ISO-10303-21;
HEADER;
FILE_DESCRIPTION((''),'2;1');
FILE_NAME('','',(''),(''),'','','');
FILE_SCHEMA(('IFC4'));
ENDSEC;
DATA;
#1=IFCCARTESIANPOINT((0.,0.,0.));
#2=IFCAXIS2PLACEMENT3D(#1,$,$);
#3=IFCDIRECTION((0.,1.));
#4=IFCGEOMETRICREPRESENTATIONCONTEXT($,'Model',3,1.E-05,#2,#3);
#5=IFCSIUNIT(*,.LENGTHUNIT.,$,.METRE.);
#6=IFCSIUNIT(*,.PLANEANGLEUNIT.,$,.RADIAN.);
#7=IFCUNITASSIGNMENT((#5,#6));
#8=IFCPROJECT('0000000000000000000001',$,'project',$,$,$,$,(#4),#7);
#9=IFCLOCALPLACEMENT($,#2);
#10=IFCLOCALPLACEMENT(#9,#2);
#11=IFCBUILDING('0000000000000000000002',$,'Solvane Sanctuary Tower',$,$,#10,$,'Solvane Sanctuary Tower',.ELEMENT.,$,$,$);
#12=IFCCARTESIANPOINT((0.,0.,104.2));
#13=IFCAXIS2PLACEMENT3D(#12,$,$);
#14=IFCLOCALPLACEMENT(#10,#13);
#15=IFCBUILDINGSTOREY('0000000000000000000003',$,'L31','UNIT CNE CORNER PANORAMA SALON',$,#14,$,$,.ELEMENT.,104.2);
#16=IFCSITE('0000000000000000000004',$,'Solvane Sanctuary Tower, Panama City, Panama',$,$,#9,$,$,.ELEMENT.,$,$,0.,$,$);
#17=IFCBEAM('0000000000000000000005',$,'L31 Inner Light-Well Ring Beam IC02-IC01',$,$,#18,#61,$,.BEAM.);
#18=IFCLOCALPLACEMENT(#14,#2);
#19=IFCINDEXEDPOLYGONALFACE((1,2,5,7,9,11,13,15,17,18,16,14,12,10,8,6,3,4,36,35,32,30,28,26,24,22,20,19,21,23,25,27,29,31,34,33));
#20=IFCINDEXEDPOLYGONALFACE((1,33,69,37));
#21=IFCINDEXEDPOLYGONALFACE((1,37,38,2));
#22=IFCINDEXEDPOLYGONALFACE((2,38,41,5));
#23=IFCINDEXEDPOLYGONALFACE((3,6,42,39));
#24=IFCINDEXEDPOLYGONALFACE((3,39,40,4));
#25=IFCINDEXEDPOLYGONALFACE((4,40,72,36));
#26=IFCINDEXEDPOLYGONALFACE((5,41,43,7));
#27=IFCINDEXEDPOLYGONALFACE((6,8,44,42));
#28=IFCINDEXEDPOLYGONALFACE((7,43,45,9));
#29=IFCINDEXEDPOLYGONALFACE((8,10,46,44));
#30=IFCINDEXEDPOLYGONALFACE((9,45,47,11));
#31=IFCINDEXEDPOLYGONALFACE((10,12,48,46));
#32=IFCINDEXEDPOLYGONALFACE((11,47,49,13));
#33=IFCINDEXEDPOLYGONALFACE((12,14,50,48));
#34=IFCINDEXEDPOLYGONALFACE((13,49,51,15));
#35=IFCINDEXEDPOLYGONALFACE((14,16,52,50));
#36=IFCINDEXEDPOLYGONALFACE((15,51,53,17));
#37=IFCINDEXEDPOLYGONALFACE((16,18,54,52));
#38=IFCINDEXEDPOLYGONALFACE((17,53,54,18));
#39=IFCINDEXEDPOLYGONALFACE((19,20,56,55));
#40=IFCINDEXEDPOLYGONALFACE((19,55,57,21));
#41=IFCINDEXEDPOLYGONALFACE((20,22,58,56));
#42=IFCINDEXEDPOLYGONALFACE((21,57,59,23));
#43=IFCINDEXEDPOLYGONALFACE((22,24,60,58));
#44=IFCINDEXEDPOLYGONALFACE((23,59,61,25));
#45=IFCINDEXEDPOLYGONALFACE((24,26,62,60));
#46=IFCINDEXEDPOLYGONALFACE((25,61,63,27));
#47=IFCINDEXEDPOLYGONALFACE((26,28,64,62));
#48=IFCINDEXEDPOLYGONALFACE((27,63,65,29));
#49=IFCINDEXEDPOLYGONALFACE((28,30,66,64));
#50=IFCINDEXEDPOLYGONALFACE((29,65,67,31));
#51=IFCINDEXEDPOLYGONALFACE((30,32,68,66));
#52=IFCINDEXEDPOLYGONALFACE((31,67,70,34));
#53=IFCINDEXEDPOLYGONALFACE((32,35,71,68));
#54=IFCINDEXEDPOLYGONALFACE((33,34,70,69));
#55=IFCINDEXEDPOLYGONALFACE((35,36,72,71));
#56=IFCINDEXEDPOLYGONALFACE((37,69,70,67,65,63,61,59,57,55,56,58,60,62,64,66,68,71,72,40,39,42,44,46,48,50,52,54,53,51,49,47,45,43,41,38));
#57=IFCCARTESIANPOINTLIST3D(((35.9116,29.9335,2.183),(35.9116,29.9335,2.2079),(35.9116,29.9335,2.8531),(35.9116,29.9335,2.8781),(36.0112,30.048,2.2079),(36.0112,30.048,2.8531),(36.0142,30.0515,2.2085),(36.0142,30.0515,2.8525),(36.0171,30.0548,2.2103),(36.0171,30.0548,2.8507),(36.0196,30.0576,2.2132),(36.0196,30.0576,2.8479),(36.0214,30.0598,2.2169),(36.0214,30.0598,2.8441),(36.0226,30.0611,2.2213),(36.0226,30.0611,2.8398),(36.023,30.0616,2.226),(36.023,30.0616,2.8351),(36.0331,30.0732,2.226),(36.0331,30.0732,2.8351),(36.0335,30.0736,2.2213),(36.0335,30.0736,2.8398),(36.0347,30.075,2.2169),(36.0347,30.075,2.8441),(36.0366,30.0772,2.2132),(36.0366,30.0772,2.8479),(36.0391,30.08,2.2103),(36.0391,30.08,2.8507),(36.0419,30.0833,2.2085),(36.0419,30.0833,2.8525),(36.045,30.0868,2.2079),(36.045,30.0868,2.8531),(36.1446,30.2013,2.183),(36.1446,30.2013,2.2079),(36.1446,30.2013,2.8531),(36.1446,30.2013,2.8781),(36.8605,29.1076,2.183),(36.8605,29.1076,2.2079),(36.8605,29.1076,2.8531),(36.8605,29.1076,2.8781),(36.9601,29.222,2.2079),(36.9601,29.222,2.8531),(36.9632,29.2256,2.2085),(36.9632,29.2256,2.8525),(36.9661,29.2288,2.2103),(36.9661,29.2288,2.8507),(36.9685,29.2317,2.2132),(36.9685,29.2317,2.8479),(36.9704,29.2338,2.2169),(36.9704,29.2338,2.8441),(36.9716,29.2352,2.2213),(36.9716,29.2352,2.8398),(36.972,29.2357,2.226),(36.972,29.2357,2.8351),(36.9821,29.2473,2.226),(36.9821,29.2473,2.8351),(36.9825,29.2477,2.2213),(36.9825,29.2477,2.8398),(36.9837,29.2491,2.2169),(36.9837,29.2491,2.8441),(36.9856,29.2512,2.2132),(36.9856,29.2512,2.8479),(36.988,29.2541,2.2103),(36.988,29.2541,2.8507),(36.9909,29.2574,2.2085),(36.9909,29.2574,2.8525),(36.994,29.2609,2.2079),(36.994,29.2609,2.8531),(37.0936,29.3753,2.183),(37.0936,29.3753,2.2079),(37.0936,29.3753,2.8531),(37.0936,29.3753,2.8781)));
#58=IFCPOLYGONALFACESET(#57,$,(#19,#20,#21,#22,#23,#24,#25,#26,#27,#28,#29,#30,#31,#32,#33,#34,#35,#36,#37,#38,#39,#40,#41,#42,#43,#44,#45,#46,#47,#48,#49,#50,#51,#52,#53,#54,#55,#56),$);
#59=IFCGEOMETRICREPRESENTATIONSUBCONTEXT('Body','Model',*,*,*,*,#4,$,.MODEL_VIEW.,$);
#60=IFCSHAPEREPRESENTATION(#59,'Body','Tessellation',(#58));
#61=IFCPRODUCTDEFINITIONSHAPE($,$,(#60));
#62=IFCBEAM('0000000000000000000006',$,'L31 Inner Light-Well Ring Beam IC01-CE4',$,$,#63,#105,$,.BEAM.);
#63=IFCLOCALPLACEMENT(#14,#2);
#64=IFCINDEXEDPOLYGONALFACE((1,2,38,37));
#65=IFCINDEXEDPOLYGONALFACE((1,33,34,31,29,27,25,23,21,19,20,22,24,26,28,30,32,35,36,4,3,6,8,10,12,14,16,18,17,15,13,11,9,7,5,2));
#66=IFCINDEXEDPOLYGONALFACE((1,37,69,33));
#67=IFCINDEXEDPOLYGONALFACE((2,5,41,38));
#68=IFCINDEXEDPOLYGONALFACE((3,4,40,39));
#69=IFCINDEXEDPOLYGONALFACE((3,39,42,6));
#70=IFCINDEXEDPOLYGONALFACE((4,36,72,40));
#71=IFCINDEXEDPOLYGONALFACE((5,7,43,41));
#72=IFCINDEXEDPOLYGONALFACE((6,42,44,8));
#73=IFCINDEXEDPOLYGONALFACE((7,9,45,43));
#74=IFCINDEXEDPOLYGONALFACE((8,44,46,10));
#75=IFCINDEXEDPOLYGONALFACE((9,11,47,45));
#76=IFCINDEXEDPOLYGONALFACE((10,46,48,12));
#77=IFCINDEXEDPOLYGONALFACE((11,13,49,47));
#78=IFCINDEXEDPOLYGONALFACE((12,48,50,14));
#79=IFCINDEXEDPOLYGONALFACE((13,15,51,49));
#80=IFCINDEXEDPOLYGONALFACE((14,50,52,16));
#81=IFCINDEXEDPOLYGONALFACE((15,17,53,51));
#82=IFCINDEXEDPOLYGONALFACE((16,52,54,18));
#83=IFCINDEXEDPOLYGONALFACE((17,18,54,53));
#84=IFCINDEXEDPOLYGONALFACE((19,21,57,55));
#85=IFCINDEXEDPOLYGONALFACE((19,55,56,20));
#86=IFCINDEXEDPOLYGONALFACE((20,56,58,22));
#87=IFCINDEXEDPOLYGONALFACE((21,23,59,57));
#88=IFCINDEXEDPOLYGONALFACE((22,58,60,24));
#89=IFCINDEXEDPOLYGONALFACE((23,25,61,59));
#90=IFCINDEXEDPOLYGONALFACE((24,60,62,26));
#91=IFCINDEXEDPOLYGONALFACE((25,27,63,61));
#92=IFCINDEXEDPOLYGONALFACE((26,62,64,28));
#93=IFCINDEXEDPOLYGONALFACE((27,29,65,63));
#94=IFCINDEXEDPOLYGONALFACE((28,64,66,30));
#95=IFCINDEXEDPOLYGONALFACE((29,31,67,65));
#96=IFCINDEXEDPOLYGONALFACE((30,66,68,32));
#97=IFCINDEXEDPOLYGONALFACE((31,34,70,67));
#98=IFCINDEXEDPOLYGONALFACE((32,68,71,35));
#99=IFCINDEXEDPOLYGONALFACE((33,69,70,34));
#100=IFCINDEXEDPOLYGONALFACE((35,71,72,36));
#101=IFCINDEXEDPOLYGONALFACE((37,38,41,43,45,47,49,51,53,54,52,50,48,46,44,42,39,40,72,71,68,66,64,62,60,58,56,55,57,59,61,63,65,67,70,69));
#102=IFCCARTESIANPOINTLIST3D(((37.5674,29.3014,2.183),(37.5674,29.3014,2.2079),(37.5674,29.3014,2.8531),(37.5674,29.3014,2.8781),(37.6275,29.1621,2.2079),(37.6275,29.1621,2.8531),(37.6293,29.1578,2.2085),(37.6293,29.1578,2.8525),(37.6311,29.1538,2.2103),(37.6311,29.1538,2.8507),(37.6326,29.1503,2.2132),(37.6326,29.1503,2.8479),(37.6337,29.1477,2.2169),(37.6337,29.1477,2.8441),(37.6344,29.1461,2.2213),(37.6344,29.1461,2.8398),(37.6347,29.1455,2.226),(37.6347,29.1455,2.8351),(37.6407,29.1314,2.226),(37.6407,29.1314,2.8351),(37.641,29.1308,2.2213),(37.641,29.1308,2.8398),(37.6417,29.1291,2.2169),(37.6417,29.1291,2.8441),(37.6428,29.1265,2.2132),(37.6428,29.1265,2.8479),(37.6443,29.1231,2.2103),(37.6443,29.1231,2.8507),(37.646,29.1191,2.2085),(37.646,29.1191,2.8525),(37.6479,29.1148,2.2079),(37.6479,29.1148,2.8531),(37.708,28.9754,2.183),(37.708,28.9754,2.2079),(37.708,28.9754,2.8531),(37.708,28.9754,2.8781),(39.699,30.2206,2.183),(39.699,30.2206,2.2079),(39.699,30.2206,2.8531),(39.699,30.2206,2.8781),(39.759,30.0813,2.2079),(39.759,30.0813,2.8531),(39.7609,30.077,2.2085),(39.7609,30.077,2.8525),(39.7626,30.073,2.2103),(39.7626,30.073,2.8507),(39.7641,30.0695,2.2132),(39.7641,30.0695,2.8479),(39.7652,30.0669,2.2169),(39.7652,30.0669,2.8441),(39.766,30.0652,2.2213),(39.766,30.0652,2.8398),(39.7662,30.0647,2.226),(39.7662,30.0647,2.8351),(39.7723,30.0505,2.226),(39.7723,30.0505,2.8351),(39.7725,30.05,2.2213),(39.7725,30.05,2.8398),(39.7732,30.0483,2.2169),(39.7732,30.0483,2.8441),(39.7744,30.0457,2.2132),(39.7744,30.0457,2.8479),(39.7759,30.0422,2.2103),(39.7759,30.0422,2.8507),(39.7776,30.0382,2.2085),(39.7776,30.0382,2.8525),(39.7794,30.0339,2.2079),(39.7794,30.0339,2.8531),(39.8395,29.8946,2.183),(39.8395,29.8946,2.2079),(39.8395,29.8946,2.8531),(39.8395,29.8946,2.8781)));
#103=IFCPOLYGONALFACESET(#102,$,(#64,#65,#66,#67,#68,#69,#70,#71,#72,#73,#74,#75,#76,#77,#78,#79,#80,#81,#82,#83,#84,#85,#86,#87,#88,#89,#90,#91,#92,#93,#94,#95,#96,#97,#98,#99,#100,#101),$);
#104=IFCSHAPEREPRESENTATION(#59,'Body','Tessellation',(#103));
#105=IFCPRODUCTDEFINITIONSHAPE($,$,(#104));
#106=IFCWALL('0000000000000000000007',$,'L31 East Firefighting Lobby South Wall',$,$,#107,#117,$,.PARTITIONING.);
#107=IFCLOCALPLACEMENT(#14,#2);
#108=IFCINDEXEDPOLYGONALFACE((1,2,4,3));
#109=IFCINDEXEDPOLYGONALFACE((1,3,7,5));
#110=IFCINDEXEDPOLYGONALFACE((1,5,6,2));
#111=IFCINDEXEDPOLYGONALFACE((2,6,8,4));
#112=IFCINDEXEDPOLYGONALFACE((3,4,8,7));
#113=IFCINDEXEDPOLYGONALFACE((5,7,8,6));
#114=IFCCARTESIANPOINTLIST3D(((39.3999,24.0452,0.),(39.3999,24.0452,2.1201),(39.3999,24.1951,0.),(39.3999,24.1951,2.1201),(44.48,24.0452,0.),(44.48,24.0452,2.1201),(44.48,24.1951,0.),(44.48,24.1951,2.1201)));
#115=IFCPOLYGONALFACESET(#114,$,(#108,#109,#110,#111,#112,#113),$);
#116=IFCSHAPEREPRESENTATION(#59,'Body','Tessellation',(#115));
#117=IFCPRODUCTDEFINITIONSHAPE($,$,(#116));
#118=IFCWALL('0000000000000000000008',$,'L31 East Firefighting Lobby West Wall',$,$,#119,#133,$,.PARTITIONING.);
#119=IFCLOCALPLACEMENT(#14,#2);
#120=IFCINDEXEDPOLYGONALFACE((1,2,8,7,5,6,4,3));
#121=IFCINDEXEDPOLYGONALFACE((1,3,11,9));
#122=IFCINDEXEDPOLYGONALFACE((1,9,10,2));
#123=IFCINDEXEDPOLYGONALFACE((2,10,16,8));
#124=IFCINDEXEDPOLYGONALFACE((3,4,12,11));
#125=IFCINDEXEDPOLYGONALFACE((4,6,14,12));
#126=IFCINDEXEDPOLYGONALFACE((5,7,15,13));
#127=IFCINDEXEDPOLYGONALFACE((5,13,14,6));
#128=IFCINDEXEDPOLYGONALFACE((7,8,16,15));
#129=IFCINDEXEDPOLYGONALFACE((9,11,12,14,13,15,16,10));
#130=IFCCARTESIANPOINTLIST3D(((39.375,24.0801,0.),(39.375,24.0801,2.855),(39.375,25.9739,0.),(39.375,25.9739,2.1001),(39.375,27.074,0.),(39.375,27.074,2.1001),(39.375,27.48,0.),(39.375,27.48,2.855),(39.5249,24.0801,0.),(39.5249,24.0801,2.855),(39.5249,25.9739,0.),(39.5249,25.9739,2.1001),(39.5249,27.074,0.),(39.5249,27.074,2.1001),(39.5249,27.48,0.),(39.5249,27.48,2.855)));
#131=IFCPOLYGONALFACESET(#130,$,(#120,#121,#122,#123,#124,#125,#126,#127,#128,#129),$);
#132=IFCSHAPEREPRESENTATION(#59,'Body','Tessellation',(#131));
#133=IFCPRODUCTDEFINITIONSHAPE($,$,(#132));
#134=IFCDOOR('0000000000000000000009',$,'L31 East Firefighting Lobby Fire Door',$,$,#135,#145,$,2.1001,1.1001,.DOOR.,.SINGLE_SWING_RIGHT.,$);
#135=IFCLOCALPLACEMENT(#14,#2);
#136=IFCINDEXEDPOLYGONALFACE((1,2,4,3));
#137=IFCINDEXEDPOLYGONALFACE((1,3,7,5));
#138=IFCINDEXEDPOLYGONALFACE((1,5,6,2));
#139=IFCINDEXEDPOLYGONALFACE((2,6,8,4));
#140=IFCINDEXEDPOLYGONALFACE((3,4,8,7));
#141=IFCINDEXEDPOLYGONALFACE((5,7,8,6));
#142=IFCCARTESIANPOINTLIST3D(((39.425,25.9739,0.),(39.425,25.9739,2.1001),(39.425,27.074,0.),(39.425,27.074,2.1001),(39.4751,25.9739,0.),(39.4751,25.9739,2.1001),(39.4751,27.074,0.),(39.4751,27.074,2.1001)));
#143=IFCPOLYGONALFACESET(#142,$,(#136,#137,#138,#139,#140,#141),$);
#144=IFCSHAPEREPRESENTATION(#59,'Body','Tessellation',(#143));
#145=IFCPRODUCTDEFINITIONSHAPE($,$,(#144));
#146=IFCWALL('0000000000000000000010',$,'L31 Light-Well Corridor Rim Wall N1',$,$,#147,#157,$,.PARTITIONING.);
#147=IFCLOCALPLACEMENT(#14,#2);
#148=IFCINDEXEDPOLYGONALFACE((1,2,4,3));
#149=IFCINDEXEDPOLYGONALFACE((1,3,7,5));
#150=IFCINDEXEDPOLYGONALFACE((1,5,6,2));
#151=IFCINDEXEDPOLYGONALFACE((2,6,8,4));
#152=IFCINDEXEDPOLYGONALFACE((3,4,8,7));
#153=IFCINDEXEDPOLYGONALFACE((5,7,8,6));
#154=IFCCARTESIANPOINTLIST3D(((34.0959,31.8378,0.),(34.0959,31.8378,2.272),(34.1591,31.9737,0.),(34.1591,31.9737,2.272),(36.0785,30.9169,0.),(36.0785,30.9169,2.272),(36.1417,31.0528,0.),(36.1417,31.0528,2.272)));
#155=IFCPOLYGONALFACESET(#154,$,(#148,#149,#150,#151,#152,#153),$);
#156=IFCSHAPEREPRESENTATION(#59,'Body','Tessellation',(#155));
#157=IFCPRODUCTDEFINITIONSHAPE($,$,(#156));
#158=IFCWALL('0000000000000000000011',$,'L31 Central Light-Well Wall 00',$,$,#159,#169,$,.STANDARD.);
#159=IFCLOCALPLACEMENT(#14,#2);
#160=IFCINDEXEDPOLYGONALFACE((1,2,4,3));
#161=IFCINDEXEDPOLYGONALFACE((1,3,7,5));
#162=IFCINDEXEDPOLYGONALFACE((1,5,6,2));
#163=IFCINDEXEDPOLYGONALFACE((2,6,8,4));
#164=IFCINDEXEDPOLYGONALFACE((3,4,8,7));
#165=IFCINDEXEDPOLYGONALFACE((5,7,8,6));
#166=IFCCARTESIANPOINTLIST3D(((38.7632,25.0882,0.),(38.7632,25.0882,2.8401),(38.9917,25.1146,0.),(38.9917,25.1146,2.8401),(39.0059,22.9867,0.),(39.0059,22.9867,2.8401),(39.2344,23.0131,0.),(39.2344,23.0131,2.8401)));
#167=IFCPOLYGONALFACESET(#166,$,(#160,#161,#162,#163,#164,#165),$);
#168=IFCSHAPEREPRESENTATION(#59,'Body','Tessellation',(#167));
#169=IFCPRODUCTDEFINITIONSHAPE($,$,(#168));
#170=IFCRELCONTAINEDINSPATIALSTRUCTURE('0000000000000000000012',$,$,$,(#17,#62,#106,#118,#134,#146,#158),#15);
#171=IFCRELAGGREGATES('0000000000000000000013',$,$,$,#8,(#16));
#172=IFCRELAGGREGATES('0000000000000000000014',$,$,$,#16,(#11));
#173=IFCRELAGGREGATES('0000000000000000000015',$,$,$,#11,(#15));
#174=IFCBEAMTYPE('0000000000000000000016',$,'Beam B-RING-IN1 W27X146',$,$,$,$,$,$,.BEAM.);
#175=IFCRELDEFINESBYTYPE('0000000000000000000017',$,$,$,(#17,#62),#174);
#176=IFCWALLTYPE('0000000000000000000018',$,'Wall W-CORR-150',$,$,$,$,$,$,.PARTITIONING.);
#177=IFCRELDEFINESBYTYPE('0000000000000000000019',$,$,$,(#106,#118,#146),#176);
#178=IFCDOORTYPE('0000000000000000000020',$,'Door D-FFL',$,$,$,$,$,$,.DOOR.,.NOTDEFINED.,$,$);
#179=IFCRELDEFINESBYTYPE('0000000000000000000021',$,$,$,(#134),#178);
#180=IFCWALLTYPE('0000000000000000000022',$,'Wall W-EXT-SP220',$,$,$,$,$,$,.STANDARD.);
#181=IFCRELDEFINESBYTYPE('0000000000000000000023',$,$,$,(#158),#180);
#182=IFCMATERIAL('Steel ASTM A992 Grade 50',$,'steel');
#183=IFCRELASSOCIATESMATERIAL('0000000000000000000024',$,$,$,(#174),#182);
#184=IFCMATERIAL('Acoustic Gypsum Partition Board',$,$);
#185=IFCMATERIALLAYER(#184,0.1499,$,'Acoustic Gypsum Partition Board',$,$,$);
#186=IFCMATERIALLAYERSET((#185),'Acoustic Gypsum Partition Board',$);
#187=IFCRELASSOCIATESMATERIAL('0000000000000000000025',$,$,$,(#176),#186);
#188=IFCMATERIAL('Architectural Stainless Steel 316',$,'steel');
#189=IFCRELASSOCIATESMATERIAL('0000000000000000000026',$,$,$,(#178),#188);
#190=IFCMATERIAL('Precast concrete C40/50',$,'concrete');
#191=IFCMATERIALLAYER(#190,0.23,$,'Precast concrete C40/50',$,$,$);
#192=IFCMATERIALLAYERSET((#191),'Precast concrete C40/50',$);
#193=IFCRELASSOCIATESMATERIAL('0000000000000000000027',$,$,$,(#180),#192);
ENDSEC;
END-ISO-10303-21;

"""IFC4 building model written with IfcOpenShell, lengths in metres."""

from ifc_helpers import new_model, si_unit, direction, frame, frame_2d, origin, origin_2d, place, context, subcontext, project, spatial, rectangle, i_section, extrude, material, layer, layer_set, material_profile, profile_set, type_object, element, fill, save


model = new_model("IFC4")

# Units and contexts
model_context = context("Model", 3, precision=1e-05, world=origin(), true_north=direction((0.0, 1.0)))
body_context = subcontext(model_context, "Body", "Model", "MODEL_VIEW")
ifc_project = project(units=[si_unit("LENGTHUNIT", "METRE"), si_unit("PLANEANGLEUNIT", "RADIAN")], contexts=[model_context])

# Site, building, storey
site_placement = place(None, origin())
site = spatial("IfcSite", under=ifc_project, at=site_placement, Name="Solvane Sanctuary Tower, Panama City, Panama", CompositionType="ELEMENT", RefElevation=0.0)
building_placement = place(site_placement, origin())
building = spatial("IfcBuilding", under=site, at=building_placement, Name="Solvane Sanctuary Tower", LongName="Solvane Sanctuary Tower", CompositionType="ELEMENT")
storey_placement = place(building_placement, frame((0.0, 0.0, 104.2)))
storey = spatial("IfcBuildingStorey", under=building, at=storey_placement, Name="L31", Description="UNIT CNE CORNER PANORAMA SALON", CompositionType="ELEMENT", Elevation=104.2)

# Beams
ifc_material_1 = material(Name="Steel ASTM A992 Grade 50", Category="steel")
ifc_material_profile_1 = material_profile(ifc_material_1, i_section(OverallWidth=0.355, OverallDepth=0.6951, WebThickness=0.0154, FlangeThickness=0.0249, FilletRadius=0.0181, at=origin_2d()), Name="W27X146")
ifc_profile_set_1 = profile_set([ifc_material_profile_1], Name="Steel ASTM A992 Grade 50")
beam_type_1 = type_object("IfcBeamType", Name="Beam B-RING-IN1 W27X146", PredefinedType="BEAM", material=ifc_profile_set_1)
beam_1_placement = place(storey_placement, frame((36.0281, 30.0674, 2.5305), z_axis=(0.754317, -0.65651, 0.0), x_axis=(0.65651, 0.754317, 0.0)))
element("IfcBeam", 1, at=beam_1_placement, inside=storey, type_object=beam_type_1, Name="L31 Inner Light-Well Ring Beam IC02-IC01", PredefinedType="BEAM", context=body_context, shape_type="SweptSolid", body=[
    extrude(i_section(OverallWidth=0.355, OverallDepth=0.6951, WebThickness=0.0154, FlangeThickness=0.0249, FilletRadius=0.0181, at=origin_2d()), origin(), (0.0, 0.0, 1.0), 1.2581),
])
beam_2_placement = place(storey_placement, frame((37.6377, 29.1384, 2.5305), z_axis=(0.918261, 0.395975, 0.0), x_axis=(-0.395975, 0.918261, 0.0)))
element("IfcBeam", 2, at=beam_2_placement, inside=storey, type_object=beam_type_1, Name="L31 Inner Light-Well Ring Beam IC01-CE4", PredefinedType="BEAM", context=body_context, shape_type="SweptSolid", body=[
    extrude(i_section(OverallWidth=0.355, OverallDepth=0.6951, WebThickness=0.0154, FlangeThickness=0.0249, FilletRadius=0.0181, at=origin_2d()), origin(), (0.0, 0.0, 1.0), 2.3213),
])

# Wall
ifc_material_2 = material(Name="Acoustic Gypsum Partition Board")
ifc_layer_1 = layer(ifc_material_2, 0.1499, Name="Acoustic Gypsum Partition Board")
ifc_layer_set_1 = layer_set([ifc_layer_1], Name="Acoustic Gypsum Partition Board")
wall_type_1 = type_object("IfcWallType", Name="Wall W-CORR-150", PredefinedType="PARTITIONING", material=ifc_layer_set_1)
wall_1_placement = place(storey_placement, frame((39.3999, 24.1201, 0.0), z_axis=(0.0, 0.0, 1.0), x_axis=(1.0, 0.0, 0.0)))
element("IfcWall", 3, at=wall_1_placement, inside=storey, type_object=wall_type_1, Name="L31 East Firefighting Lobby South Wall", PredefinedType="PARTITIONING", context=body_context, shape_type="SweptSolid", body=[
    extrude(rectangle(XDim=5.0801, YDim=0.1499, at=frame_2d((2.54, 0.0))), origin(), (0.0, 0.0, 1.0), 2.1201),
])

# Wall, opening, door
wall_2_placement = place(storey_placement, frame((39.45, 24.0801, 0.0), z_axis=(0.0, 0.0, 1.0), x_axis=(0.0, 1.0, 0.0)))
wall_2 = element("IfcWall", 4, at=wall_2_placement, inside=storey, type_object=wall_type_1, Name="L31 East Firefighting Lobby West Wall", PredefinedType="PARTITIONING", context=body_context, shape_type="SweptSolid", body=[
    extrude(rectangle(XDim=3.3999, YDim=0.1499, at=frame_2d((1.7, 0.0))), origin(), (0.0, 0.0, 1.0), 2.855),
])
opening_1_placement = place(wall_2_placement, frame((1.8938, 0.0, 0.0)))
opening_1 = element("IfcOpeningElement", 5, at=opening_1_placement, cuts=wall_2, PredefinedType="OPENING", context=body_context, shape_type="SweptSolid", body=[
    extrude(rectangle(XDim=1.1001, YDim=2.1001, at=frame_2d((0.55, 1.05))), frame((0.0, 0.085, 0.0), z_axis=(0.0, -1.0, 0.0), x_axis=(1.0, 0.0, 0.0)), (0.0, 0.0, 1.0), 0.1699),
])
ifc_material_3 = material(Name="Architectural Stainless Steel 316", Category="steel")
door_type = type_object("IfcDoorType", Name="Door D-FFL", OperationType="NOTDEFINED", PredefinedType="DOOR", material=ifc_material_3)
door_placement = place(opening_1_placement, origin())
door = element("IfcDoor", 6, at=door_placement, inside=storey, type_object=door_type, Name="L31 East Firefighting Lobby Fire Door", OperationType="SINGLE_SWING_RIGHT", OverallHeight=2.1001, OverallWidth=1.1001, PredefinedType="DOOR", context=body_context, shape_type="SweptSolid", body=[
    extrude(rectangle(XDim=1.1001, YDim=2.1001, at=frame_2d((0.55, 1.05))), frame((0.0, 0.0249, 0.0), z_axis=(0.0, -1.0, 0.0), x_axis=(1.0, 0.0, 0.0)), (0.0, 0.0, 1.0), 0.05),
])
fill(opening_1, door)

# Walls
wall_3_placement = place(storey_placement, frame((36.1101, 30.9849, 0.0), z_axis=(0.0, 0.0, 1.0), x_axis=(-0.906943, 0.421252, 0.0)))
element("IfcWall", 7, at=wall_3_placement, inside=storey, type_object=wall_type_1, Name="L31 Light-Well Corridor Rim Wall N1", PredefinedType="PARTITIONING", context=body_context, shape_type="SweptSolid", body=[
    extrude(rectangle(XDim=2.186, YDim=0.1499, at=frame_2d((1.093, 0.0))), origin(), (0.0, 0.0, 1.0), 2.272),
])
ifc_material_4 = material(Name="Precast concrete C40/50", Category="concrete")
ifc_layer_2 = layer(ifc_material_4, 0.23, Name="Precast concrete C40/50")
ifc_layer_set_2 = layer_set([ifc_layer_2], Name="Precast concrete C40/50")
wall_type_2 = type_object("IfcWallType", Name="Wall W-EXT-SP220", PredefinedType="STANDARD", material=ifc_layer_set_2)
wall_4_placement = place(storey_placement, frame((39.1201, 23.0, 0.0), z_axis=(0.0, 0.0, 1.0), x_axis=(-0.114712, 0.993399, 0.0)))
element("IfcWall", 8, at=wall_4_placement, inside=storey, type_object=wall_type_2, Name="L31 Central Light-Well Wall 00", PredefinedType="STANDARD", context=body_context, shape_type="SweptSolid", body=[
    extrude(rectangle(XDim=2.1155, YDim=0.23, at=frame_2d((1.0576, 0.0))), origin(), (0.0, 0.0, 1.0), 2.8401),
])

save(model, "model.ifc")
